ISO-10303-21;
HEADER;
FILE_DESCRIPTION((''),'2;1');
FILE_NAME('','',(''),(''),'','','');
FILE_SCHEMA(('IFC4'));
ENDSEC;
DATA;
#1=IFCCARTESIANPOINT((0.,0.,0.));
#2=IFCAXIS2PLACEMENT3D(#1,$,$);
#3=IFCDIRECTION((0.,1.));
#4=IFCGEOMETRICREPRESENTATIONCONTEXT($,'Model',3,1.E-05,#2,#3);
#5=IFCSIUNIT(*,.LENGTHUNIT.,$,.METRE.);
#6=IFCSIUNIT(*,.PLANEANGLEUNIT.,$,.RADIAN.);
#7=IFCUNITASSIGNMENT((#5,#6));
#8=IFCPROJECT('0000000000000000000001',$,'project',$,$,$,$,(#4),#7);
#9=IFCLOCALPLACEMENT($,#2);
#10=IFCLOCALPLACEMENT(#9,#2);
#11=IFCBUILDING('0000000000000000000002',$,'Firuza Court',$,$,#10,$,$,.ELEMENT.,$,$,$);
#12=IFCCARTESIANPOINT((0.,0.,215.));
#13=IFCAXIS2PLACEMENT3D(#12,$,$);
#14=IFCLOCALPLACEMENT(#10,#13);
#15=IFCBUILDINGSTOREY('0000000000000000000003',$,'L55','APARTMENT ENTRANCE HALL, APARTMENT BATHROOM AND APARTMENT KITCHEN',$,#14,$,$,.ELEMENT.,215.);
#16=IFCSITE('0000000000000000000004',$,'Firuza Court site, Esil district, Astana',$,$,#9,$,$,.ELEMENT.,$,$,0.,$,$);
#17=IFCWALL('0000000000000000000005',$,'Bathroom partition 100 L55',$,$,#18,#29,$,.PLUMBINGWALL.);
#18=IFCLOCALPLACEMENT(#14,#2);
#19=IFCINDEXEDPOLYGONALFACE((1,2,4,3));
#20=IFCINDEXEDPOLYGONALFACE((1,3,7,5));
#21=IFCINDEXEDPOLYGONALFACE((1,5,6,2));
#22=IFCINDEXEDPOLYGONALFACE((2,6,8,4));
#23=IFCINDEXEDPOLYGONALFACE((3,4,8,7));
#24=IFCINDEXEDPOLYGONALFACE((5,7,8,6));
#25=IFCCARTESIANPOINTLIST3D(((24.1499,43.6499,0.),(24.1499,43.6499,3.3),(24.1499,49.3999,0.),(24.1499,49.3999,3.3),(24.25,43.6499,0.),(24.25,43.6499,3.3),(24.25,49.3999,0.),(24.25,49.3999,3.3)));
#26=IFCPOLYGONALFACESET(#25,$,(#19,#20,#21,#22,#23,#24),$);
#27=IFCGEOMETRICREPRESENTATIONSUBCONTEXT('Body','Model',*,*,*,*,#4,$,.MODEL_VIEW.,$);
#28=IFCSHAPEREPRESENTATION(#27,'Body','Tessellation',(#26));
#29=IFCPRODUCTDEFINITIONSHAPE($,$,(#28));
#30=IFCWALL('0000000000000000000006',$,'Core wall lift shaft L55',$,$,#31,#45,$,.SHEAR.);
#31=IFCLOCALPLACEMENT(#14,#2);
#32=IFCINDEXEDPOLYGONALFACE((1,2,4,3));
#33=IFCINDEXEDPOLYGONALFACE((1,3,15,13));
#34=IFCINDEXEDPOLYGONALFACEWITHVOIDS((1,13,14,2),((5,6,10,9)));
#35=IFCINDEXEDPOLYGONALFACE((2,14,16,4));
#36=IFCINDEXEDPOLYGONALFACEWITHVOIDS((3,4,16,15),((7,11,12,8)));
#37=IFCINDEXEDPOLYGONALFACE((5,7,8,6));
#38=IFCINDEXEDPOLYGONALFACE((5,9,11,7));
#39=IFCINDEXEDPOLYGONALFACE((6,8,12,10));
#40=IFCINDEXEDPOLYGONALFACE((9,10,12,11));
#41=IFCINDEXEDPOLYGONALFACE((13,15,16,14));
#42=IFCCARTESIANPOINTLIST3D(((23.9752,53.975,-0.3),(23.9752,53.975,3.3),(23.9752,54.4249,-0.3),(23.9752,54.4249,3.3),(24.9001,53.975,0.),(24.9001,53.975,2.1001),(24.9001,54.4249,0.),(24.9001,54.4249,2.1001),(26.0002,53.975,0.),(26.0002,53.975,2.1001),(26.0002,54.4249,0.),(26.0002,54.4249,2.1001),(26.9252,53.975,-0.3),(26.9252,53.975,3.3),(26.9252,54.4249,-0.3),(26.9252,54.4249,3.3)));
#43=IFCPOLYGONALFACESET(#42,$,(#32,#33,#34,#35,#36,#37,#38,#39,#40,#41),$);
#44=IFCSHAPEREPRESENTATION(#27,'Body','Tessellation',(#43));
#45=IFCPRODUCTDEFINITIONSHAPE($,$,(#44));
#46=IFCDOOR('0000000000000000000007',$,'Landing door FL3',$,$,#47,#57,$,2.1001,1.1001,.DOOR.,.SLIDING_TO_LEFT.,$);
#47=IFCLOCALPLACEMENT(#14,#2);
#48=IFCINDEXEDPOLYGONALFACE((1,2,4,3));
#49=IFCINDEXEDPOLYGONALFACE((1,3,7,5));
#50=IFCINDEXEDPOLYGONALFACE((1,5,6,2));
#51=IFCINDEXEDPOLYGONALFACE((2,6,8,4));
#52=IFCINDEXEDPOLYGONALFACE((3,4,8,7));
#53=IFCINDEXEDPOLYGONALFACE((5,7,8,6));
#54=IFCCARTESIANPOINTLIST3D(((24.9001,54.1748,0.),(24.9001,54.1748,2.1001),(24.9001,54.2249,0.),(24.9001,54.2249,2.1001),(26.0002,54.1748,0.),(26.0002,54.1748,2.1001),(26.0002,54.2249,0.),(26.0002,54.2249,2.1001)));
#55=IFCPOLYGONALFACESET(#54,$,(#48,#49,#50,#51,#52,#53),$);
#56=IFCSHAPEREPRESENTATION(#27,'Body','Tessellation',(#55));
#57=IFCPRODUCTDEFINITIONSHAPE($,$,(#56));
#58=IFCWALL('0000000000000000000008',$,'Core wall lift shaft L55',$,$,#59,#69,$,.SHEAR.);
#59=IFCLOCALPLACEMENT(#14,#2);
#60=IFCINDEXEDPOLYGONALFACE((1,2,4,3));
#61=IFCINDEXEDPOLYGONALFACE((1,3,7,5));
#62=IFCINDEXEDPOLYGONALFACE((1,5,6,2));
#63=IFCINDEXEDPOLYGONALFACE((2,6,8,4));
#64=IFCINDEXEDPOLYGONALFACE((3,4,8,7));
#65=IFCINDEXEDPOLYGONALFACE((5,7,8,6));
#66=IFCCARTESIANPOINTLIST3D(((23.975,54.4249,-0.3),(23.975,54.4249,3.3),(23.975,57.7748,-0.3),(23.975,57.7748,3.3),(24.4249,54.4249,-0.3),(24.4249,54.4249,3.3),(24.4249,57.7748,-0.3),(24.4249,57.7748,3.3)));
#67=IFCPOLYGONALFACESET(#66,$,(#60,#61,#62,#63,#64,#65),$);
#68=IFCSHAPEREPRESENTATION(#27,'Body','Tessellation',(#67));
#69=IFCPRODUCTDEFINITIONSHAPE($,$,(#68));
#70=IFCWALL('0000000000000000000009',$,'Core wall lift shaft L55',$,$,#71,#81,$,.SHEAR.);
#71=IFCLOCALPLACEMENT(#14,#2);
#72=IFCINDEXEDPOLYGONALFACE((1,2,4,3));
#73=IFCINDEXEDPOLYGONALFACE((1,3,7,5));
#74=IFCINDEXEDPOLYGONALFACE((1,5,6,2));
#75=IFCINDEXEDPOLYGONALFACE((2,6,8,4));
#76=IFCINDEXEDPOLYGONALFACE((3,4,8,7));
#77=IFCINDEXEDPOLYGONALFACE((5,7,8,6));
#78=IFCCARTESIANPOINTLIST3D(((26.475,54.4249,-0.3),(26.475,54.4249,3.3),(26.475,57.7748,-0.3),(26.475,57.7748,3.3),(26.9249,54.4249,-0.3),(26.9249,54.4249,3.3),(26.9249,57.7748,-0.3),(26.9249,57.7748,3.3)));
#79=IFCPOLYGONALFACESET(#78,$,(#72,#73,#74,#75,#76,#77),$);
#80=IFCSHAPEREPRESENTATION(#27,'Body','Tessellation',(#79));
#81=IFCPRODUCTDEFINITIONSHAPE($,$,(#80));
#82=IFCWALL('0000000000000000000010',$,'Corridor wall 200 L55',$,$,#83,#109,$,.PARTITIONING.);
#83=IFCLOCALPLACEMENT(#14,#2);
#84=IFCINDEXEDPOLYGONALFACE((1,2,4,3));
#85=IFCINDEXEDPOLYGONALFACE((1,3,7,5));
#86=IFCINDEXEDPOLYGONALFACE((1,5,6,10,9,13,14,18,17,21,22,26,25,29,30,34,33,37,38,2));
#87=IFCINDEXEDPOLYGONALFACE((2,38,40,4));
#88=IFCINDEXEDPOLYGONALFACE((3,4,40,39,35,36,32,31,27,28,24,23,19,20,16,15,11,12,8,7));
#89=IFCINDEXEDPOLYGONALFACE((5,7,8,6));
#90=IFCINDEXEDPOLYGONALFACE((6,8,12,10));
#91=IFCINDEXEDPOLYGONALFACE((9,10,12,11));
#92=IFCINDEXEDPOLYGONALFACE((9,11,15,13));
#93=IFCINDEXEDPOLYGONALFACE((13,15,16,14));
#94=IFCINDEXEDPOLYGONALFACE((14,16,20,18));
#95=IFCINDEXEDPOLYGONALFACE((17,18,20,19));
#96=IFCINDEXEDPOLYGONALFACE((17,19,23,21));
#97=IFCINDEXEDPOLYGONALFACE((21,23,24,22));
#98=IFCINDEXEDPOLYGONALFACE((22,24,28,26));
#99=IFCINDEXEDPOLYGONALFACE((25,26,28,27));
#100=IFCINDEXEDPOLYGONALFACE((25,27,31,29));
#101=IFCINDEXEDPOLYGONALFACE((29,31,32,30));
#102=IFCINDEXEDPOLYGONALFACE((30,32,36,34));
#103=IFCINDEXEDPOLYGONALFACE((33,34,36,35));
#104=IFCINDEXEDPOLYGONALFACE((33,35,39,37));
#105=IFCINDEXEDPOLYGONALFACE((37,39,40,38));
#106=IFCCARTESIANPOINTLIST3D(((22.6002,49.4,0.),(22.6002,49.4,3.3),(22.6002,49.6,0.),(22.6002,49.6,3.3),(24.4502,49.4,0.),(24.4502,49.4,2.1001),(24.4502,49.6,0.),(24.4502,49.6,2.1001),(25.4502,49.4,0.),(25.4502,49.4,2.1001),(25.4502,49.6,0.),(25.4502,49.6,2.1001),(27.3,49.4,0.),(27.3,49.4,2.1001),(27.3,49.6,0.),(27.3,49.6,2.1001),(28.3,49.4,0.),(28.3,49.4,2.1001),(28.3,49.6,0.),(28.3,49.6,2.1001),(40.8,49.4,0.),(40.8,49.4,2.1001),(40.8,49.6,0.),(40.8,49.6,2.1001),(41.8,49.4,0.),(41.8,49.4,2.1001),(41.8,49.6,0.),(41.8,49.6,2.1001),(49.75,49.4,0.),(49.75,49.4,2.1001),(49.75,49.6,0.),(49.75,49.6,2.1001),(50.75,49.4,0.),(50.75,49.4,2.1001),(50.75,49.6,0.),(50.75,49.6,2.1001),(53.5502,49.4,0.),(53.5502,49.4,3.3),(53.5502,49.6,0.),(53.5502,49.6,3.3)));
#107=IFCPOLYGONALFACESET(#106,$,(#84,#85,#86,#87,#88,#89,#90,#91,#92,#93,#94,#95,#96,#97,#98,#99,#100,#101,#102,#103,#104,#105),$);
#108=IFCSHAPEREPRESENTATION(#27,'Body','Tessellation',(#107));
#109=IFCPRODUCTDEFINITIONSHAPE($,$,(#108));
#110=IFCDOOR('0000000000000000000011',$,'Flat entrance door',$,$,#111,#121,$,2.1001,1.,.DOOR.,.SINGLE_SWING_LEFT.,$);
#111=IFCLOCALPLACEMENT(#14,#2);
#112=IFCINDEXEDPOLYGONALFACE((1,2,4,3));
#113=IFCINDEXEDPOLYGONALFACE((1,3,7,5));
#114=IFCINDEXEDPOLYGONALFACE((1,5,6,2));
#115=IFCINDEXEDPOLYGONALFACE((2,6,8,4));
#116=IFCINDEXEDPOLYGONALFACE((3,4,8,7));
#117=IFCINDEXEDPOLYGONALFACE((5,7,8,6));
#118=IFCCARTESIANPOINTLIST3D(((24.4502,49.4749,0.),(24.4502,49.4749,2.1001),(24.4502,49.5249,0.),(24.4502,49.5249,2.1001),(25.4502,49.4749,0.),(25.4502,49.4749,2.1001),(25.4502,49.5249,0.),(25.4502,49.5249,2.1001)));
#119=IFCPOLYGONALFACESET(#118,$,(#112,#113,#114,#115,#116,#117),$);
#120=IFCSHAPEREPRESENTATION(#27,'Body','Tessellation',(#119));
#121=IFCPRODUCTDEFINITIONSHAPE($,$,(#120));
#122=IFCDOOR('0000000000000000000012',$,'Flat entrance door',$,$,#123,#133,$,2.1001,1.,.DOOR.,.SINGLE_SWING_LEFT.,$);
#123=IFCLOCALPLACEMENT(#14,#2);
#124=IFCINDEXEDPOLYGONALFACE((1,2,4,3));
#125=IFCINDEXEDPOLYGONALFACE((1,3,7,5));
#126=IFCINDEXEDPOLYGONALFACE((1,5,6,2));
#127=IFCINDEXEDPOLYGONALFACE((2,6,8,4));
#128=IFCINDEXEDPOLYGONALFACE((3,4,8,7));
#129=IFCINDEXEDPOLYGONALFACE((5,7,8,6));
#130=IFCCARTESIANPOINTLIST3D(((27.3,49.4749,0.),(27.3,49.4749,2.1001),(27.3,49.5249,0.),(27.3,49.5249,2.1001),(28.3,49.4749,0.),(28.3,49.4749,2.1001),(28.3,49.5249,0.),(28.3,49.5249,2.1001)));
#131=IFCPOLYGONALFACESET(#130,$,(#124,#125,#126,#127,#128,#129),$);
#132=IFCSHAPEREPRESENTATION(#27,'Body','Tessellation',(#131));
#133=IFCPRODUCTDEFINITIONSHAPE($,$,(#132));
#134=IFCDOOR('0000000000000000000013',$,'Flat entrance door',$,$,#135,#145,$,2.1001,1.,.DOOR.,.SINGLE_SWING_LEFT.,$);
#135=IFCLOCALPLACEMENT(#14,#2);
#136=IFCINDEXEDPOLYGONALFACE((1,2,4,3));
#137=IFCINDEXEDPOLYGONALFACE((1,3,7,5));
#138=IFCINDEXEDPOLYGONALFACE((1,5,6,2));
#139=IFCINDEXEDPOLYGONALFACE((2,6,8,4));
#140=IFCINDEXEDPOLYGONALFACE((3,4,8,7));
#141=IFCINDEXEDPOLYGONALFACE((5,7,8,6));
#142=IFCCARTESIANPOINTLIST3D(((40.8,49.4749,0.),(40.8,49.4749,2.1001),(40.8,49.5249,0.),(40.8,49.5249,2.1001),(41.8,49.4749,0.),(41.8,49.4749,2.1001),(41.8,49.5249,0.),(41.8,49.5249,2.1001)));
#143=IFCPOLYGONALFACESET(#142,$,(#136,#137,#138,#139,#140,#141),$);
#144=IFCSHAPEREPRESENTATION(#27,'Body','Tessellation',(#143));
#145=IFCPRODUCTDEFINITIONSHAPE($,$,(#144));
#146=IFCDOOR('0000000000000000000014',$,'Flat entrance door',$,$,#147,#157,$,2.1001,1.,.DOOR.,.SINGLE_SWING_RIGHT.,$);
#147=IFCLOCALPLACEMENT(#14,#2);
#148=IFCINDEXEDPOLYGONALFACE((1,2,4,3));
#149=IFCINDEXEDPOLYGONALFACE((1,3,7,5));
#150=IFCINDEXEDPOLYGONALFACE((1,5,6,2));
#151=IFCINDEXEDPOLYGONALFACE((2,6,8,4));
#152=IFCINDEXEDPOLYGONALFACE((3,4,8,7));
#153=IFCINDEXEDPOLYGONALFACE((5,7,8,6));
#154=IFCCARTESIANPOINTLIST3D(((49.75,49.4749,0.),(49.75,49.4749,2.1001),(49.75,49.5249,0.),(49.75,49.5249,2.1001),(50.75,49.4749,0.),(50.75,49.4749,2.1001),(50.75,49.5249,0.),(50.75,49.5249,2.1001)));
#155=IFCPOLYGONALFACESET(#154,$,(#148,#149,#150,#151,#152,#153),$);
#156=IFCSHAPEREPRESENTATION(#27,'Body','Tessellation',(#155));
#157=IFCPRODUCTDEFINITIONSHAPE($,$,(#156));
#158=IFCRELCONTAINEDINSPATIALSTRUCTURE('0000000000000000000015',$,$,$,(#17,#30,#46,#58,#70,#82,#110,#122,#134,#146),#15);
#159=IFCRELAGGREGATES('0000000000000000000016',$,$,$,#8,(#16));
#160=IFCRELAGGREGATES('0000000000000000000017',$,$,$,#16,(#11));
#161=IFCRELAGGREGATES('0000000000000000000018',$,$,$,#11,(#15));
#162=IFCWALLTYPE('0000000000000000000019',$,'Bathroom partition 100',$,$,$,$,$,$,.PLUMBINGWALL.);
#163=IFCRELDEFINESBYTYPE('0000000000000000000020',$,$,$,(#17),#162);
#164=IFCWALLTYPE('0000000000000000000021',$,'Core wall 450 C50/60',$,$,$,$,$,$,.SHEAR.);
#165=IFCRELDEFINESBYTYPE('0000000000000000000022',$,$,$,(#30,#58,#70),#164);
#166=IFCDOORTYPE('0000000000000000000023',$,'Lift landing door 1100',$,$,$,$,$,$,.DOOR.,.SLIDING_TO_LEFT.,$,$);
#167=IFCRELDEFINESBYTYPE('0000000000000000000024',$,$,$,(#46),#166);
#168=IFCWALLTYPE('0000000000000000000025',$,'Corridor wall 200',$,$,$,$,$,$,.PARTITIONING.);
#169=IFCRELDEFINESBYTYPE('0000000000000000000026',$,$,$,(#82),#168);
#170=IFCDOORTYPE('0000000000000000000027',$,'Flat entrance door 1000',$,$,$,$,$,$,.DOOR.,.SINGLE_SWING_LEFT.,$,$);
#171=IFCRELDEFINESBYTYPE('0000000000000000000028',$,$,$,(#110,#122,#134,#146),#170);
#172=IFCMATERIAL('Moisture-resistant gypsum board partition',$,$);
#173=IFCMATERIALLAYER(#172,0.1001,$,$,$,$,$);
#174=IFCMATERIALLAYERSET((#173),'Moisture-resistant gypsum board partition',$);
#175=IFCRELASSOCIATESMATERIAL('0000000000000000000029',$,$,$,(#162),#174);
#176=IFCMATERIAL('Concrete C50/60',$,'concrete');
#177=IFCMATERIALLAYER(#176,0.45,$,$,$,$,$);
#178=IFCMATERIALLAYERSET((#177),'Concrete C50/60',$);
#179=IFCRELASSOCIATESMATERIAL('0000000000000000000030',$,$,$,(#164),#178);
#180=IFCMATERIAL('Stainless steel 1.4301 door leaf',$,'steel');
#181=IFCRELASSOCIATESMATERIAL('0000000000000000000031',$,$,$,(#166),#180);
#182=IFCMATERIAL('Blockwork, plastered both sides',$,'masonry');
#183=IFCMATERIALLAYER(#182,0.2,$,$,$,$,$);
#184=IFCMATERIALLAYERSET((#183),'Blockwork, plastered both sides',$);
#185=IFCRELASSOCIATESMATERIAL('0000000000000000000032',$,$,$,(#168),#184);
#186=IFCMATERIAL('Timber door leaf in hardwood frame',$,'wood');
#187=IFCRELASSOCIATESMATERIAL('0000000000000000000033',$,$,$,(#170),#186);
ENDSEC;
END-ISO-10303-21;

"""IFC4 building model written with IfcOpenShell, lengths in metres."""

from ifc_helpers import new_model, si_unit, direction, frame, frame_2d, origin, place, context, subcontext, project, spatial, rectangle, extrude, material, layer, layer_set, type_object, element, fill, save


model = new_model("IFC4")

# Units and contexts
model_context = context("Model", 3, precision=1e-05, world=origin(), true_north=direction((0.0, 1.0)))
body_context = subcontext(model_context, "Body", "Model", "MODEL_VIEW")
ifc_project = project(units=[si_unit("LENGTHUNIT", "METRE"), si_unit("PLANEANGLEUNIT", "RADIAN")], contexts=[model_context])

# Site, building, storey
site_placement = place(None, origin())
site = spatial("IfcSite", under=ifc_project, at=site_placement, Name="Firuza Court site, Esil district, Astana", CompositionType="ELEMENT", RefElevation=0.0)
building_placement = place(site_placement, origin())
building = spatial("IfcBuilding", under=site, at=building_placement, Name="Firuza Court", CompositionType="ELEMENT")
storey_placement = place(building_placement, frame((0.0, 0.0, 215.0)))
storey = spatial("IfcBuildingStorey", under=building, at=storey_placement, Name="L55", Description="APARTMENT ENTRANCE HALL, APARTMENT BATHROOM AND APARTMENT KITCHEN", CompositionType="ELEMENT", Elevation=215.0)

# Wall
ifc_material_1 = material(Name="Moisture-resistant gypsum board partition")
ifc_layer_1 = layer(ifc_material_1, 0.1001)
ifc_layer_set_1 = layer_set([ifc_layer_1], Name="Moisture-resistant gypsum board partition")
wall_type_1 = type_object("IfcWallType", Name="Bathroom partition 100", PredefinedType="PLUMBINGWALL", material=ifc_layer_set_1)
wall_1_placement = place(storey_placement, frame((24.2, 43.6499, 0.0), z_axis=(0.0, 0.0, 1.0), x_axis=(0.0, 1.0, 0.0)))
element("IfcWall", 1, at=wall_1_placement, inside=storey, type_object=wall_type_1, Name="Bathroom partition 100 L55", PredefinedType="PLUMBINGWALL", context=body_context, shape_type="SweptSolid", body=[
    extrude(rectangle(XDim=5.75, YDim=0.1001, at=frame_2d((2.875, 0.0))), origin(), (0.0, 0.0, 1.0), 3.3),
])

# Wall, opening, door
ifc_material_2 = material(Name="Concrete C50/60", Category="concrete")
ifc_layer_2 = layer(ifc_material_2, 0.45)
ifc_layer_set_2 = layer_set([ifc_layer_2], Name="Concrete C50/60")
wall_type_2 = type_object("IfcWallType", Name="Core wall 450 C50/60", PredefinedType="SHEAR", material=ifc_layer_set_2)
wall_2_placement = place(storey_placement, frame((23.9751, 54.2, -0.3), z_axis=(0.0, 0.0, 1.0), x_axis=(1.0, 0.0, 0.0)))
wall_2 = element("IfcWall", 2, at=wall_2_placement, inside=storey, type_object=wall_type_2, Name="Core wall lift shaft L55", PredefinedType="SHEAR", context=body_context, shape_type="SweptSolid", body=[
    extrude(rectangle(XDim=2.95, YDim=0.45, at=frame_2d((1.4751, 0.0))), origin(), (0.0, 0.0, 1.0), 3.6001),
])
opening_1_placement = place(wall_2_placement, frame((0.925, 0.0, 0.3)))
opening_1 = element("IfcOpeningElement", 3, at=opening_1_placement, cuts=wall_2, PredefinedType="OPENING", context=body_context, shape_type="SweptSolid", body=[
    extrude(rectangle(XDim=1.1001, YDim=2.1001, at=frame_2d((0.55, 1.05))), frame((0.0, 0.2368, 0.0), z_axis=(0.0, -1.0, 0.0), x_axis=(1.0, 0.0, 0.0)), (0.0, 0.0, 1.0), 0.4739),
])
ifc_material_3 = material(Name="Stainless steel 1.4301 door leaf", Category="steel")
door_type_1 = type_object("IfcDoorType", Name="Lift landing door 1100", OperationType="SLIDING_TO_LEFT", PredefinedType="DOOR", material=ifc_material_3)
door_1_placement = place(opening_1_placement, origin())
door_1 = element("IfcDoor", 4, at=door_1_placement, inside=storey, type_object=door_type_1, Name="Landing door FL3", OperationType="SLIDING_TO_LEFT", OverallHeight=2.1001, OverallWidth=1.1001, PredefinedType="DOOR", context=body_context, shape_type="SweptSolid", body=[
    extrude(rectangle(XDim=1.1001, YDim=2.1001, at=frame_2d((0.55, 1.05))), frame((0.0, 0.0249, 0.0), z_axis=(0.0, -1.0, 0.0), x_axis=(1.0, 0.0, 0.0)), (0.0, 0.0, 1.0), 0.05),
])
fill(opening_1, door_1)

# Walls
for number, where, z_axis, x_axis, name in (
    (5, (24.2, 54.425, -0.3), (0.0, 0.0, 1.0), (0.0, 1.0, 0.0), "Core wall lift shaft L55"),
    (6, (26.7, 54.425, -0.3), (0.0, 0.0, 1.0), (0.0, 1.0, 0.0), "Core wall lift shaft L55"),
):
    element("IfcWall", number, at=place(storey_placement, frame(where, z_axis=z_axis, x_axis=x_axis)), inside=storey, type_object=wall_type_2, Name=name, PredefinedType="SHEAR", context=body_context, shape_type="SweptSolid", body=[
        extrude(rectangle(XDim=3.3499, YDim=0.45, at=frame_2d((1.6748, 0.0))), origin(), (0.0, 0.0, 1.0), 3.6001),
    ])

# Wall, openings, doors
ifc_material_4 = material(Name="Blockwork, plastered both sides", Category="masonry")
ifc_layer_3 = layer(ifc_material_4, 0.2)
ifc_layer_set_3 = layer_set([ifc_layer_3], Name="Blockwork, plastered both sides")
wall_type_3 = type_object("IfcWallType", Name="Corridor wall 200", PredefinedType="PARTITIONING", material=ifc_layer_set_3)
wall_3_placement = place(storey_placement, frame((22.6001, 49.5, 0.0), z_axis=(0.0, 0.0, 1.0), x_axis=(1.0, 0.0, 0.0)))
wall_3 = element("IfcWall", 7, at=wall_3_placement, inside=storey, type_object=wall_type_3, Name="Corridor wall 200 L55", PredefinedType="PARTITIONING", context=body_context, shape_type="SweptSolid", body=[
    extrude(rectangle(XDim=30.95, YDim=0.2, at=frame_2d((15.4751, 0.0))), origin(), (0.0, 0.0, 1.0), 3.3),
])
opening_2_placement = place(wall_3_placement, frame((1.8501, 0.0, 0.0)))
opening_2 = element("IfcOpeningElement", 8, at=opening_2_placement, cuts=wall_3, PredefinedType="OPENING", context=body_context, shape_type="SweptSolid", body=[
    extrude(rectangle(XDim=1.0, YDim=2.1001, at=frame_2d((0.5, 1.05))), frame((0.0, 0.1118, 0.0), z_axis=(0.0, -1.0, 0.0), x_axis=(1.0, 0.0, 0.0)), (0.0, 0.0, 1.0), 0.2239),
])
opening_3_placement = place(wall_3_placement, frame((4.7, 0.0, 0.0)))
opening_3 = element("IfcOpeningElement", 9, at=opening_3_placement, cuts=wall_3, PredefinedType="OPENING", context=body_context, shape_type="SweptSolid", body=[
    extrude(rectangle(XDim=1.0, YDim=2.1001, at=frame_2d((0.5, 1.05))), frame((0.0, 0.1118, 0.0), z_axis=(0.0, -1.0, 0.0), x_axis=(1.0, 0.0, 0.0)), (0.0, 0.0, 1.0), 0.2239),
])
opening_4_placement = place(wall_3_placement, frame((18.2, 0.0, 0.0)))
opening_4 = element("IfcOpeningElement", 10, at=opening_4_placement, cuts=wall_3, PredefinedType="OPENING", context=body_context, shape_type="SweptSolid", body=[
    extrude(rectangle(XDim=1.0, YDim=2.1001, at=frame_2d((0.5, 1.05))), frame((0.0, 0.1118, 0.0), z_axis=(0.0, -1.0, 0.0), x_axis=(1.0, 0.0, 0.0)), (0.0, 0.0, 1.0), 0.2239),
])
opening_5_placement = place(wall_3_placement, frame((27.1499, 0.0, 0.0)))
opening_5 = element("IfcOpeningElement", 11, at=opening_5_placement, cuts=wall_3, PredefinedType="OPENING", context=body_context, shape_type="SweptSolid", body=[
    extrude(rectangle(XDim=1.0, YDim=2.1001, at=frame_2d((0.5, 1.05))), frame((0.0, 0.1118, 0.0), z_axis=(0.0, -1.0, 0.0), x_axis=(1.0, 0.0, 0.0)), (0.0, 0.0, 1.0), 0.2239),
])
ifc_material_5 = material(Name="Timber door leaf in hardwood frame", Category="wood")
door_type_2 = type_object("IfcDoorType", Name="Flat entrance door 1000", OperationType="SINGLE_SWING_LEFT", PredefinedType="DOOR", material=ifc_material_5)
door_2_placement = place(opening_2_placement, origin())
door_2 = element("IfcDoor", 12, at=door_2_placement, inside=storey, type_object=door_type_2, Name="Flat entrance door", OperationType="SINGLE_SWING_LEFT", OverallHeight=2.1001, OverallWidth=1.0, PredefinedType="DOOR", context=body_context, shape_type="SweptSolid", body=[
    extrude(rectangle(XDim=1.0, YDim=2.1001, at=frame_2d((0.5, 1.05))), frame((0.0, 0.0249, 0.0), z_axis=(0.0, -1.0, 0.0), x_axis=(1.0, 0.0, 0.0)), (0.0, 0.0, 1.0), 0.05),
])
fill(opening_2, door_2)
door_3_placement = place(opening_3_placement, origin())
door_3 = element("IfcDoor", 13, at=door_3_placement, inside=storey, type_object=door_type_2, Name="Flat entrance door", OperationType="SINGLE_SWING_LEFT", OverallHeight=2.1001, OverallWidth=1.0, PredefinedType="DOOR", context=body_context, shape_type="SweptSolid", body=[
    extrude(rectangle(XDim=1.0, YDim=2.1001, at=frame_2d((0.5, 1.05))), frame((0.0, 0.0249, 0.0), z_axis=(0.0, -1.0, 0.0), x_axis=(1.0, 0.0, 0.0)), (0.0, 0.0, 1.0), 0.05),
])
fill(opening_3, door_3)
door_4_placement = place(opening_4_placement, origin())
door_4 = element("IfcDoor", 14, at=door_4_placement, inside=storey, type_object=door_type_2, Name="Flat entrance door", OperationType="SINGLE_SWING_LEFT", OverallHeight=2.1001, OverallWidth=1.0, PredefinedType="DOOR", context=body_context, shape_type="SweptSolid", body=[
    extrude(rectangle(XDim=1.0, YDim=2.1001, at=frame_2d((0.5, 1.05))), frame((0.0, 0.0249, 0.0), z_axis=(0.0, -1.0, 0.0), x_axis=(1.0, 0.0, 0.0)), (0.0, 0.0, 1.0), 0.05),
])
fill(opening_4, door_4)
door_5_placement = place(opening_5_placement, origin())
door_5 = element("IfcDoor", 15, at=door_5_placement, inside=storey, type_object=door_type_2, Name="Flat entrance door", OperationType="SINGLE_SWING_RIGHT", OverallHeight=2.1001, OverallWidth=1.0, PredefinedType="DOOR", context=body_context, shape_type="SweptSolid", body=[
    extrude(rectangle(XDim=1.0, YDim=2.1001, at=frame_2d((0.5, 1.05))), frame((0.0, 0.0249, 0.0), z_axis=(0.0, -1.0, 0.0), x_axis=(1.0, 0.0, 0.0)), (0.0, 0.0, 1.0), 0.05),
])
fill(opening_5, door_5)

save(model, "model.ifc")
